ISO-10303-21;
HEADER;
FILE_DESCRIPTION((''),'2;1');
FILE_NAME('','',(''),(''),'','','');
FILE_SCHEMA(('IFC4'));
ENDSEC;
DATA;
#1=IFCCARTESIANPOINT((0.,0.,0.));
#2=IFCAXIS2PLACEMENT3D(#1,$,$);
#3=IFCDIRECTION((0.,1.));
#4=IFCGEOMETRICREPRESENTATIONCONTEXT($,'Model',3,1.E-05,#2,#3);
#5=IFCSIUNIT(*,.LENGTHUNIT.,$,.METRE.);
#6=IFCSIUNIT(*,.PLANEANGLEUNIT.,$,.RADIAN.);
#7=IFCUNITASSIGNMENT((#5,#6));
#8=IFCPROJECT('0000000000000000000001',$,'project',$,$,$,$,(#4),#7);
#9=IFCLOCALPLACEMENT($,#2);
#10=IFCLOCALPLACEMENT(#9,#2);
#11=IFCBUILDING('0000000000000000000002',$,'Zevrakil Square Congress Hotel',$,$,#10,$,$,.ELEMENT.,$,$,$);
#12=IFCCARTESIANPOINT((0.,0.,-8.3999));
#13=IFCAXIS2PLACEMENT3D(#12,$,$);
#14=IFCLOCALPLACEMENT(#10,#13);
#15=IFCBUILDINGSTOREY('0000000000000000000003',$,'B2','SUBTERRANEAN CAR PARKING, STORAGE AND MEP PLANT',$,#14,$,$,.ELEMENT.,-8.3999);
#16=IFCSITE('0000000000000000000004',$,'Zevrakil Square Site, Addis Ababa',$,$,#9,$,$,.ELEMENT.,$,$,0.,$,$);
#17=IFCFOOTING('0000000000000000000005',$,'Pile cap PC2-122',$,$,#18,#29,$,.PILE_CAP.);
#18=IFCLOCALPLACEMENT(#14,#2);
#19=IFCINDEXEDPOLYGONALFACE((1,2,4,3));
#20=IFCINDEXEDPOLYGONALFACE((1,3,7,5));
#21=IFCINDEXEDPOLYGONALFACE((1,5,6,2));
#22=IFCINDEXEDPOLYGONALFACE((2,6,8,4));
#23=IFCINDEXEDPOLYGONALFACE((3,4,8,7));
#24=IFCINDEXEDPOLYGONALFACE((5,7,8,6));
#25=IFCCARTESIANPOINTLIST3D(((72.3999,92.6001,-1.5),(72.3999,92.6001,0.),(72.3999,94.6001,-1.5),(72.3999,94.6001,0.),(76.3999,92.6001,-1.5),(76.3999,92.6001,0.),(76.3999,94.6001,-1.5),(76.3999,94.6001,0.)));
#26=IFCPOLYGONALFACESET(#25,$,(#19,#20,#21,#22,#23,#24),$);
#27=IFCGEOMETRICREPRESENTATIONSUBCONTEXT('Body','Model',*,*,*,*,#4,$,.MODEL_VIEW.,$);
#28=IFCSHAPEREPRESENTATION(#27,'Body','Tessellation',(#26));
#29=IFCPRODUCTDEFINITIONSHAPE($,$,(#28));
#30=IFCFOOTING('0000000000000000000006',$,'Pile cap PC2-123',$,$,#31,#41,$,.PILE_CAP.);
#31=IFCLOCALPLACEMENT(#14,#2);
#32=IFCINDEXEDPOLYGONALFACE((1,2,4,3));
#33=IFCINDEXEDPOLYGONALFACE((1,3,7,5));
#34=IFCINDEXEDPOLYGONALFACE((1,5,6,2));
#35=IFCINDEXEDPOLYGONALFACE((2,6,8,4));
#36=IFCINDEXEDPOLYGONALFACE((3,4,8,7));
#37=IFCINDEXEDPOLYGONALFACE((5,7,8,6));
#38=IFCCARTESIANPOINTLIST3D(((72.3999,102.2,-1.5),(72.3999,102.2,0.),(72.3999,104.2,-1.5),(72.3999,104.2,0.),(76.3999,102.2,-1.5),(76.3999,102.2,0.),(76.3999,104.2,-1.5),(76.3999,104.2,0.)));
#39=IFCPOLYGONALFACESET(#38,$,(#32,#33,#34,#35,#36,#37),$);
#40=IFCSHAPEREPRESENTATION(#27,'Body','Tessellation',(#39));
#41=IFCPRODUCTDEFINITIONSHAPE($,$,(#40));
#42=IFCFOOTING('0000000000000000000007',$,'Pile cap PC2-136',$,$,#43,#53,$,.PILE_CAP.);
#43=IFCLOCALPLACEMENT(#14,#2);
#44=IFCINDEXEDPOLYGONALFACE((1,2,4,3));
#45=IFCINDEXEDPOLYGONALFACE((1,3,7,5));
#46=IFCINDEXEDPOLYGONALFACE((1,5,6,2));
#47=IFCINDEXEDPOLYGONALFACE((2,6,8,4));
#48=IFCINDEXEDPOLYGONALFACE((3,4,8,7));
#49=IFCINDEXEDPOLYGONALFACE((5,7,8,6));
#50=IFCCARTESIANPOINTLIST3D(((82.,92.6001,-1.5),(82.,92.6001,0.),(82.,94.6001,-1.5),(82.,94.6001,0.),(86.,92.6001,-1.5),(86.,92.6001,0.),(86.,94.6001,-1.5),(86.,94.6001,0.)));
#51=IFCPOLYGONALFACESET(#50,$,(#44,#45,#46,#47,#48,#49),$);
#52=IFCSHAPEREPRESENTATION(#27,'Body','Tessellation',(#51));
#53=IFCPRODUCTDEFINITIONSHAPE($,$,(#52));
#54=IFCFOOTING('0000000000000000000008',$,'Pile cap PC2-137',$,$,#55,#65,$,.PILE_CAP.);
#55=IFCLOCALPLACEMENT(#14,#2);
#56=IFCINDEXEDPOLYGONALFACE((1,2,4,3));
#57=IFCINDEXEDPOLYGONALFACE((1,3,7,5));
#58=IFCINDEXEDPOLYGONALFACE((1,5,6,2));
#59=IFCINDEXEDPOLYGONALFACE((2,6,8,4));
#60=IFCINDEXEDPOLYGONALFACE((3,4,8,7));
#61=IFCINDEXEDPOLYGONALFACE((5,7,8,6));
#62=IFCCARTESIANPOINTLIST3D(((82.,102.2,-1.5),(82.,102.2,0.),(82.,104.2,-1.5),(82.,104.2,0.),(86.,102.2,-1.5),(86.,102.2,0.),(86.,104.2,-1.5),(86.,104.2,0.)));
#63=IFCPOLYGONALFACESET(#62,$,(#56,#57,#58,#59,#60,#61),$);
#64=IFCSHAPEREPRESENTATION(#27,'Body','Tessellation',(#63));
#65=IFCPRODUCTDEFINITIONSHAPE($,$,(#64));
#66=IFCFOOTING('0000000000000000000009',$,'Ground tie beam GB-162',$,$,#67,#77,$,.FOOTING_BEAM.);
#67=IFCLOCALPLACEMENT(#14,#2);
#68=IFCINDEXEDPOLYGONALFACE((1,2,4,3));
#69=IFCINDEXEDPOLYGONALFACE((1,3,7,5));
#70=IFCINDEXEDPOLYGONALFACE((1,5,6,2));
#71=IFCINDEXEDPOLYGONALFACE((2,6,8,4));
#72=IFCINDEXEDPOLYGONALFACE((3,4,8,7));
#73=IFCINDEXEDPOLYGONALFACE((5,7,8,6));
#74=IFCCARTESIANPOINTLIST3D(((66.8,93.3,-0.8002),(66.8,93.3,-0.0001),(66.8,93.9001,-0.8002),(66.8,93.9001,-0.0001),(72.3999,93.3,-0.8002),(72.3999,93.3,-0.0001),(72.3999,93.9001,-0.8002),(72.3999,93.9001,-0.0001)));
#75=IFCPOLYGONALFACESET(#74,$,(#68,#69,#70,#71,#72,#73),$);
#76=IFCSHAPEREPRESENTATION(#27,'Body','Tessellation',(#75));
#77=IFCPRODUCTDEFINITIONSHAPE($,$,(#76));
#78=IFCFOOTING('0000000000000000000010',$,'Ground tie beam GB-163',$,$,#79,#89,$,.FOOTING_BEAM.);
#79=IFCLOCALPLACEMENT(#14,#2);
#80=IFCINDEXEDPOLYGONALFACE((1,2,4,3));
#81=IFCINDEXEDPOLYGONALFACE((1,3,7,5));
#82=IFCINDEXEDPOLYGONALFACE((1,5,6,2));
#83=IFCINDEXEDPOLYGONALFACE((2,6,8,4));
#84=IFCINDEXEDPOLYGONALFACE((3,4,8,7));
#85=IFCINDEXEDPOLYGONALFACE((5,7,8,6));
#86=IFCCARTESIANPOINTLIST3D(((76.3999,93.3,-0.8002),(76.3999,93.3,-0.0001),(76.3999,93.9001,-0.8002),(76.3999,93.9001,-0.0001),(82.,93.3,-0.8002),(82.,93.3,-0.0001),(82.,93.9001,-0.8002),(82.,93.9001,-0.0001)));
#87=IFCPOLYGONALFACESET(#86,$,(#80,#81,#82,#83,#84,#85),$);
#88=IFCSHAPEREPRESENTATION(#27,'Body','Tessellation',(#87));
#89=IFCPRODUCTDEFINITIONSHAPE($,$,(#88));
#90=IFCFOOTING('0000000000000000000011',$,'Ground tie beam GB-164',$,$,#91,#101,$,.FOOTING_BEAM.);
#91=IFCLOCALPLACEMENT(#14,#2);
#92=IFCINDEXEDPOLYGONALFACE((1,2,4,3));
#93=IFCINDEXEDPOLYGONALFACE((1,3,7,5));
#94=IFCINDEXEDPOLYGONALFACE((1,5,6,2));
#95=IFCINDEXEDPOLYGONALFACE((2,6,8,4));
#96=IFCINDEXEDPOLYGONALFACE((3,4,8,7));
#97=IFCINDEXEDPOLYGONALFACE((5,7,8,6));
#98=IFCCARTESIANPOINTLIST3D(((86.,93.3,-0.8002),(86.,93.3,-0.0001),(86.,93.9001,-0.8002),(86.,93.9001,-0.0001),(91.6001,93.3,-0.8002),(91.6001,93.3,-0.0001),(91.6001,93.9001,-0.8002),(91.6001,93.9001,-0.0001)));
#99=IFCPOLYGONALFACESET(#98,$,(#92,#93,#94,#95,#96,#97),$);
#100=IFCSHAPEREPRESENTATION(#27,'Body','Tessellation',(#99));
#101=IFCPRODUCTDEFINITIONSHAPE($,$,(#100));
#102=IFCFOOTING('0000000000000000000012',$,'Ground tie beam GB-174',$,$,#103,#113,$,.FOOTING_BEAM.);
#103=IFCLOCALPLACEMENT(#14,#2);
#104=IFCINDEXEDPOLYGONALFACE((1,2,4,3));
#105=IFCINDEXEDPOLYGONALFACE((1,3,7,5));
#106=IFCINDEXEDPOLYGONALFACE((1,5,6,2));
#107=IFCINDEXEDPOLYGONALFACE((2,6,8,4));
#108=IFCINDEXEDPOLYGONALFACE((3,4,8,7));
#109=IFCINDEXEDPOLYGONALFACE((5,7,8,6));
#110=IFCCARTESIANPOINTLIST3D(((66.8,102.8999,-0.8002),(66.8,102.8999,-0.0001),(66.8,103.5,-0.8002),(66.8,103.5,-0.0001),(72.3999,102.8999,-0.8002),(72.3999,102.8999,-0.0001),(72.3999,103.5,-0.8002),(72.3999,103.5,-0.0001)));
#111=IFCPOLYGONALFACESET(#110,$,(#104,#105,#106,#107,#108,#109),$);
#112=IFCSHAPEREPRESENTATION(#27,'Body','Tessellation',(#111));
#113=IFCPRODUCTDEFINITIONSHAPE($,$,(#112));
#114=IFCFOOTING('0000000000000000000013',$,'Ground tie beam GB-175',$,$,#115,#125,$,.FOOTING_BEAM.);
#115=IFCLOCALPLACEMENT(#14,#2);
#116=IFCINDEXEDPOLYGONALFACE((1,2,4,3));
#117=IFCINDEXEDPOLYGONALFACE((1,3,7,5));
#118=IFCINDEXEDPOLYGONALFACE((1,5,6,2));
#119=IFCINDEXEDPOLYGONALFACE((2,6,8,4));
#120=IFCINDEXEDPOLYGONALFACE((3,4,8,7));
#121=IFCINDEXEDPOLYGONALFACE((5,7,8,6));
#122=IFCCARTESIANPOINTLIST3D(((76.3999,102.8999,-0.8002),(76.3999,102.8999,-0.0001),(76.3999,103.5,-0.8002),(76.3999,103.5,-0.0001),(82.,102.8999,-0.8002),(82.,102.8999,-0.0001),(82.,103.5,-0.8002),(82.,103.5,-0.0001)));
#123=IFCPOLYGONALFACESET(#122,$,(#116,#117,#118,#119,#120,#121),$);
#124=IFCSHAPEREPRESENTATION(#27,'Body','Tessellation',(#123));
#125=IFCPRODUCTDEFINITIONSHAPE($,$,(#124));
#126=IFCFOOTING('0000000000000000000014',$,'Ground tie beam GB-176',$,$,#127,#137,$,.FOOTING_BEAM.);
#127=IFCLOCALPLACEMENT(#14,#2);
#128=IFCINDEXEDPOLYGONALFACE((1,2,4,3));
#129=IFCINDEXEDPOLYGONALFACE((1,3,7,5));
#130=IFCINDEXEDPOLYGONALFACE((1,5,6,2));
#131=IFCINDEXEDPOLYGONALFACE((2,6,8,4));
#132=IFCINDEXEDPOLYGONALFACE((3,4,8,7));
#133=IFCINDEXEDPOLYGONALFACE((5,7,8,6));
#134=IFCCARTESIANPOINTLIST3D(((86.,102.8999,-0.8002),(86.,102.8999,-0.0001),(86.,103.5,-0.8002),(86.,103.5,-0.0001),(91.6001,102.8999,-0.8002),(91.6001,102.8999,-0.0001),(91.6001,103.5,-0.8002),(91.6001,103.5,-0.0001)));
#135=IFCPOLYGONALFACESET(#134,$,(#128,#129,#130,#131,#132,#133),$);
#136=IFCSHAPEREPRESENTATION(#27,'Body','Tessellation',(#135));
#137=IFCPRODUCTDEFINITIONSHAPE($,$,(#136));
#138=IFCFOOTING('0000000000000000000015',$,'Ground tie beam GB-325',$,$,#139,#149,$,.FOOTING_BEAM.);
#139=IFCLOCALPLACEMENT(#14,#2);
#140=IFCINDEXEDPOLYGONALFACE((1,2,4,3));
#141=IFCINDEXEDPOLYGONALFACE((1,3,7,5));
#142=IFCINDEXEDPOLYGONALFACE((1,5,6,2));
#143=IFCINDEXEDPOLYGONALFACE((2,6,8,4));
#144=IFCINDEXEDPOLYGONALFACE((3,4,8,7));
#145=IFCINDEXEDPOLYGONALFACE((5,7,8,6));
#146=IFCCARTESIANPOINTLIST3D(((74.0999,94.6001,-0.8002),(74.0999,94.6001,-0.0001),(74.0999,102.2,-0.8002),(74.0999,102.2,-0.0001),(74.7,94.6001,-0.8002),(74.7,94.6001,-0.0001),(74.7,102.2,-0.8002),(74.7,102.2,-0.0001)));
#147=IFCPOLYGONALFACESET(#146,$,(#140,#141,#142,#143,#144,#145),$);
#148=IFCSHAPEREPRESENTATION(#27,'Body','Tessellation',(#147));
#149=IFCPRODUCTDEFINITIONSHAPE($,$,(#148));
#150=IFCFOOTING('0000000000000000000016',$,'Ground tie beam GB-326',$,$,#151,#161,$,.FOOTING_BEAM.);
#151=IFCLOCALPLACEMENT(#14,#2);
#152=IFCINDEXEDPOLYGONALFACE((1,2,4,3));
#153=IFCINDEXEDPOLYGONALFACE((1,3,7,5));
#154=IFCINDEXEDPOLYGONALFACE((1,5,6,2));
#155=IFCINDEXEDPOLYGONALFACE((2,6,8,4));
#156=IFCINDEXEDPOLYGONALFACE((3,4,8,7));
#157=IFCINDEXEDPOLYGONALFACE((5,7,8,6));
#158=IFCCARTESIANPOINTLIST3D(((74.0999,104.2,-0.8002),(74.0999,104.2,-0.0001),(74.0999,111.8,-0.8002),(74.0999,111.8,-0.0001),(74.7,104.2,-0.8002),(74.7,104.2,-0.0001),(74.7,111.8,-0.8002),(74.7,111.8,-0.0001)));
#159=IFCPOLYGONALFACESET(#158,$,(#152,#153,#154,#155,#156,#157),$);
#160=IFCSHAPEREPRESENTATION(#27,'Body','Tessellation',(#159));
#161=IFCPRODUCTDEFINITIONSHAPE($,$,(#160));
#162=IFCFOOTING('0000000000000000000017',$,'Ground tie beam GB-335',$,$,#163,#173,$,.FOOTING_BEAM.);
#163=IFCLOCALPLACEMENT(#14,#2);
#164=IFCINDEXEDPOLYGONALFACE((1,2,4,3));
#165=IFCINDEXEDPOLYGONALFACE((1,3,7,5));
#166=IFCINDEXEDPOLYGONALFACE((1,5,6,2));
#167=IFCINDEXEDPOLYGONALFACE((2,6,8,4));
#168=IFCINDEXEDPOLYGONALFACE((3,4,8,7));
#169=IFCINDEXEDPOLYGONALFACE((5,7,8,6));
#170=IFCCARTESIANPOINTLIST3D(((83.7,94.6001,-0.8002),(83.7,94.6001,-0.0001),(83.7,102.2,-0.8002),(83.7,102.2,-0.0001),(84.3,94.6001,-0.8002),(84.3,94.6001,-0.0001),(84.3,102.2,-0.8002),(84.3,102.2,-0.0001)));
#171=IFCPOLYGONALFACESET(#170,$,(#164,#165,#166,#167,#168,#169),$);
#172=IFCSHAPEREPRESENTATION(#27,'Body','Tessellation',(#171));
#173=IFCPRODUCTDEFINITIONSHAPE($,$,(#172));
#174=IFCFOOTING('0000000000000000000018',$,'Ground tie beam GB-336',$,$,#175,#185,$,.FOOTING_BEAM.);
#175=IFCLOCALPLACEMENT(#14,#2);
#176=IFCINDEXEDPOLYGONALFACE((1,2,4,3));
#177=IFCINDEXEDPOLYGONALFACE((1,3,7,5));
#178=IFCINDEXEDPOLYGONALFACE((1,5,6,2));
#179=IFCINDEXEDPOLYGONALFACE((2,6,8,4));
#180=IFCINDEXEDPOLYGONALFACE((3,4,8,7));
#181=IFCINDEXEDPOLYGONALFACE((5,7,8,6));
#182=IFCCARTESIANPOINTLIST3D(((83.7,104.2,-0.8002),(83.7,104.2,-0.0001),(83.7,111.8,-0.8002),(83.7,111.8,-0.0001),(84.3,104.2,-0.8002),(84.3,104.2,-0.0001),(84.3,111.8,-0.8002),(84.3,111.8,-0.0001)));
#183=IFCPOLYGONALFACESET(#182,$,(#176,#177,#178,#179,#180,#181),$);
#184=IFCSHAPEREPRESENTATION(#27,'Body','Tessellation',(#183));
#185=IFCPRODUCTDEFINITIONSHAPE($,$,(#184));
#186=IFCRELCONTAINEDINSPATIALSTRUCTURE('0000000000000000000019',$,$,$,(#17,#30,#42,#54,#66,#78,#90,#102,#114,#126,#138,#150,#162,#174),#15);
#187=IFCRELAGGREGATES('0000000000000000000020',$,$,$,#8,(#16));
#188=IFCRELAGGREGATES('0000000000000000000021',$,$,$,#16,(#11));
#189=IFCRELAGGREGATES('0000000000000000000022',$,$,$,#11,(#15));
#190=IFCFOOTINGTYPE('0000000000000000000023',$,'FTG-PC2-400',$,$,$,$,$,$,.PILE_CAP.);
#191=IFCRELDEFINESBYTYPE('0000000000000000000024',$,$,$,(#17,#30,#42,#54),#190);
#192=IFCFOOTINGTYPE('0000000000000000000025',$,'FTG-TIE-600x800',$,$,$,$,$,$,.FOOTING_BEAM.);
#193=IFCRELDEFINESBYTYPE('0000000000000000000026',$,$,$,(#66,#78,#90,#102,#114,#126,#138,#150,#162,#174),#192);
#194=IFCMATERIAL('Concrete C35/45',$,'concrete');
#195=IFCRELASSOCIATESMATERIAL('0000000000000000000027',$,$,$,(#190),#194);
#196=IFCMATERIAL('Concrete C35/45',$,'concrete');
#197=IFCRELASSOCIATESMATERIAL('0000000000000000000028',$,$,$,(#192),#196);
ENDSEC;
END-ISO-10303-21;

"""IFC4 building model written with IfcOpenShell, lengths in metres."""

from ifc_helpers import new_model, si_unit, direction, frame, origin, origin_2d, place, context, subcontext, project, spatial, rectangle, extrude, material, material_profile, profile_set, type_object, element, save


model = new_model("IFC4")

# Units and contexts
model_context = context("Model", 3, precision=1e-05, world=origin(), true_north=direction((0.0, 1.0)))
body_context = subcontext(model_context, "Body", "Model", "MODEL_VIEW")
ifc_project = project(units=[si_unit("LENGTHUNIT", "METRE"), si_unit("PLANEANGLEUNIT", "RADIAN")], contexts=[model_context])

# Site, building, storey
site_placement = place(None, origin())
site = spatial("IfcSite", under=ifc_project, at=site_placement, Name="Zevrakil Square Site, Addis Ababa", CompositionType="ELEMENT", RefElevation=0.0)
building_placement = place(site_placement, origin())
building = spatial("IfcBuilding", under=site, at=building_placement, Name="Zevrakil Square Congress Hotel", CompositionType="ELEMENT")
storey_placement = place(building_placement, frame((0.0, 0.0, -8.3999)))
storey = spatial("IfcBuildingStorey", under=building, at=storey_placement, Name="B2", Description="SUBTERRANEAN CAR PARKING, STORAGE AND MEP PLANT", CompositionType="ELEMENT", Elevation=-8.3999)

# Footings
ifc_material_1 = material(Name="Concrete C35/45", Category="concrete")
footing_type_1 = type_object("IfcFootingType", Name="FTG-PC2-400", PredefinedType="PILE_CAP", material=ifc_material_1)
for number, where, z_axis, x_axis, name in (
    (1, (74.3999, 93.6001, -1.5), (0.0, 0.0, 1.0), (1.0, 0.0, 0.0), "Pile cap PC2-122"),
    (2, (74.3999, 103.2, -1.5), (0.0, 0.0, 1.0), (1.0, 0.0, 0.0), "Pile cap PC2-123"),
    (3, (84.0, 93.6001, -1.5), (0.0, 0.0, 1.0), (1.0, 0.0, 0.0), "Pile cap PC2-136"),
    (4, (84.0, 103.2, -1.5), (0.0, 0.0, 1.0), (1.0, 0.0, 0.0), "Pile cap PC2-137"),
):
    element("IfcFooting", number, at=place(storey_placement, frame(where, z_axis=z_axis, x_axis=x_axis)), inside=storey, type_object=footing_type_1, Name=name, PredefinedType="PILE_CAP", context=body_context, shape_type="SweptSolid", body=[
        extrude(rectangle(XDim=4.0, YDim=2.0, at=origin_2d()), origin(), (0.0, 0.0, 1.0), 1.5),
    ])
ifc_material_2 = material(Name="Concrete C35/45", Category="concrete")
ifc_material_profile_1 = material_profile(ifc_material_2, rectangle(XDim=0.6001, YDim=0.8, at=origin_2d()), Name="RC 600x800")
ifc_profile_set_1 = profile_set([ifc_material_profile_1], Name="Concrete C35/45")
footing_type_2 = type_object("IfcFootingType", Name="FTG-TIE-600x800", PredefinedType="FOOTING_BEAM", material=ifc_profile_set_1)
footing_1_placement = place(storey_placement, frame((66.8, 93.6001, -0.4001), z_axis=(1.0, 0.0, 0.0), x_axis=(0.0, 1.0, 0.0)))
element("IfcFooting", 5, at=footing_1_placement, inside=storey, type_object=footing_type_2, Name="Ground tie beam GB-162", PredefinedType="FOOTING_BEAM", context=body_context, shape_type="SweptSolid", body=[
    extrude(rectangle(XDim=0.6001, YDim=0.8, at=origin_2d()), origin(), (0.0, 0.0, 1.0), 5.5999),
])
for number, where, z_axis, x_axis, name in (
    (6, (76.3999, 93.6001, -0.4001), (1.0, 0.0, 0.0), (0.0, 1.0, 0.0), "Ground tie beam GB-163"),
    (7, (86.0, 93.6001, -0.4001), (1.0, 0.0, 0.0), (0.0, 1.0, 0.0), "Ground tie beam GB-164"),
):
    element("IfcFooting", number, at=place(storey_placement, frame(where, z_axis=z_axis, x_axis=x_axis)), inside=storey, type_object=footing_type_2, Name=name, PredefinedType="FOOTING_BEAM", context=body_context, shape_type="SweptSolid", body=[
        extrude(rectangle(XDim=0.6001, YDim=0.8, at=origin_2d()), origin(), (0.0, 0.0, 1.0), 5.6001),
    ])
footing_2_placement = place(storey_placement, frame((66.8, 103.2, -0.4001), z_axis=(1.0, 0.0, 0.0), x_axis=(0.0, 1.0, 0.0)))
element("IfcFooting", 8, at=footing_2_placement, inside=storey, type_object=footing_type_2, Name="Ground tie beam GB-174", PredefinedType="FOOTING_BEAM", context=body_context, shape_type="SweptSolid", body=[
    extrude(rectangle(XDim=0.6001, YDim=0.8, at=origin_2d()), origin(), (0.0, 0.0, 1.0), 5.5999),
])
for number, where, z_axis, x_axis, name in (
    (9, (76.3999, 103.2, -0.4001), (1.0, 0.0, 0.0), (0.0, 1.0, 0.0), "Ground tie beam GB-175"),
    (10, (86.0, 103.2, -0.4001), (1.0, 0.0, 0.0), (0.0, 1.0, 0.0), "Ground tie beam GB-176"),
):
    element("IfcFooting", number, at=place(storey_placement, frame(where, z_axis=z_axis, x_axis=x_axis)), inside=storey, type_object=footing_type_2, Name=name, PredefinedType="FOOTING_BEAM", context=body_context, shape_type="SweptSolid", body=[
        extrude(rectangle(XDim=0.6001, YDim=0.8, at=origin_2d()), origin(), (0.0, 0.0, 1.0), 5.6001),
    ])
footing_3_placement = place(storey_placement, frame((74.3999, 94.6001, -0.4001), z_axis=(0.0, 1.0, 0.0), x_axis=(-1.0, 0.0, 0.0)))
element("IfcFooting", 11, at=footing_3_placement, inside=storey, type_object=footing_type_2, Name="Ground tie beam GB-325", PredefinedType="FOOTING_BEAM", context=body_context, shape_type="SweptSolid", body=[
    extrude(rectangle(XDim=0.6001, YDim=0.8, at=origin_2d()), origin(), (0.0, 0.0, 1.0), 7.5999),
])
footing_4_placement = place(storey_placement, frame((74.3999, 104.2, -0.4001), z_axis=(0.0, 1.0, 0.0), x_axis=(-1.0, 0.0, 0.0)))
element("IfcFooting", 12, at=footing_4_placement, inside=storey, type_object=footing_type_2, Name="Ground tie beam GB-326", PredefinedType="FOOTING_BEAM", context=body_context, shape_type="SweptSolid", body=[
    extrude(rectangle(XDim=0.6001, YDim=0.8, at=origin_2d()), origin(), (0.0, 0.0, 1.0), 7.6001),
])
footing_5_placement = place(storey_placement, frame((84.0, 94.6001, -0.4001), z_axis=(0.0, 1.0, 0.0), x_axis=(-1.0, 0.0, 0.0)))
element("IfcFooting", 13, at=footing_5_placement, inside=storey, type_object=footing_type_2, Name="Ground tie beam GB-335", PredefinedType="FOOTING_BEAM", context=body_context, shape_type="SweptSolid", body=[
    extrude(rectangle(XDim=0.6001, YDim=0.8, at=origin_2d()), origin(), (0.0, 0.0, 1.0), 7.5999),
])
footing_6_placement = place(storey_placement, frame((84.0, 104.2, -0.4001), z_axis=(0.0, 1.0, 0.0), x_axis=(-1.0, 0.0, 0.0)))
element("IfcFooting", 14, at=footing_6_placement, inside=storey, type_object=footing_type_2, Name="Ground tie beam GB-336", PredefinedType="FOOTING_BEAM", context=body_context, shape_type="SweptSolid", body=[
    extrude(rectangle(XDim=0.6001, YDim=0.8, at=origin_2d()), origin(), (0.0, 0.0, 1.0), 7.6001),
])

save(model, "model.ifc")
